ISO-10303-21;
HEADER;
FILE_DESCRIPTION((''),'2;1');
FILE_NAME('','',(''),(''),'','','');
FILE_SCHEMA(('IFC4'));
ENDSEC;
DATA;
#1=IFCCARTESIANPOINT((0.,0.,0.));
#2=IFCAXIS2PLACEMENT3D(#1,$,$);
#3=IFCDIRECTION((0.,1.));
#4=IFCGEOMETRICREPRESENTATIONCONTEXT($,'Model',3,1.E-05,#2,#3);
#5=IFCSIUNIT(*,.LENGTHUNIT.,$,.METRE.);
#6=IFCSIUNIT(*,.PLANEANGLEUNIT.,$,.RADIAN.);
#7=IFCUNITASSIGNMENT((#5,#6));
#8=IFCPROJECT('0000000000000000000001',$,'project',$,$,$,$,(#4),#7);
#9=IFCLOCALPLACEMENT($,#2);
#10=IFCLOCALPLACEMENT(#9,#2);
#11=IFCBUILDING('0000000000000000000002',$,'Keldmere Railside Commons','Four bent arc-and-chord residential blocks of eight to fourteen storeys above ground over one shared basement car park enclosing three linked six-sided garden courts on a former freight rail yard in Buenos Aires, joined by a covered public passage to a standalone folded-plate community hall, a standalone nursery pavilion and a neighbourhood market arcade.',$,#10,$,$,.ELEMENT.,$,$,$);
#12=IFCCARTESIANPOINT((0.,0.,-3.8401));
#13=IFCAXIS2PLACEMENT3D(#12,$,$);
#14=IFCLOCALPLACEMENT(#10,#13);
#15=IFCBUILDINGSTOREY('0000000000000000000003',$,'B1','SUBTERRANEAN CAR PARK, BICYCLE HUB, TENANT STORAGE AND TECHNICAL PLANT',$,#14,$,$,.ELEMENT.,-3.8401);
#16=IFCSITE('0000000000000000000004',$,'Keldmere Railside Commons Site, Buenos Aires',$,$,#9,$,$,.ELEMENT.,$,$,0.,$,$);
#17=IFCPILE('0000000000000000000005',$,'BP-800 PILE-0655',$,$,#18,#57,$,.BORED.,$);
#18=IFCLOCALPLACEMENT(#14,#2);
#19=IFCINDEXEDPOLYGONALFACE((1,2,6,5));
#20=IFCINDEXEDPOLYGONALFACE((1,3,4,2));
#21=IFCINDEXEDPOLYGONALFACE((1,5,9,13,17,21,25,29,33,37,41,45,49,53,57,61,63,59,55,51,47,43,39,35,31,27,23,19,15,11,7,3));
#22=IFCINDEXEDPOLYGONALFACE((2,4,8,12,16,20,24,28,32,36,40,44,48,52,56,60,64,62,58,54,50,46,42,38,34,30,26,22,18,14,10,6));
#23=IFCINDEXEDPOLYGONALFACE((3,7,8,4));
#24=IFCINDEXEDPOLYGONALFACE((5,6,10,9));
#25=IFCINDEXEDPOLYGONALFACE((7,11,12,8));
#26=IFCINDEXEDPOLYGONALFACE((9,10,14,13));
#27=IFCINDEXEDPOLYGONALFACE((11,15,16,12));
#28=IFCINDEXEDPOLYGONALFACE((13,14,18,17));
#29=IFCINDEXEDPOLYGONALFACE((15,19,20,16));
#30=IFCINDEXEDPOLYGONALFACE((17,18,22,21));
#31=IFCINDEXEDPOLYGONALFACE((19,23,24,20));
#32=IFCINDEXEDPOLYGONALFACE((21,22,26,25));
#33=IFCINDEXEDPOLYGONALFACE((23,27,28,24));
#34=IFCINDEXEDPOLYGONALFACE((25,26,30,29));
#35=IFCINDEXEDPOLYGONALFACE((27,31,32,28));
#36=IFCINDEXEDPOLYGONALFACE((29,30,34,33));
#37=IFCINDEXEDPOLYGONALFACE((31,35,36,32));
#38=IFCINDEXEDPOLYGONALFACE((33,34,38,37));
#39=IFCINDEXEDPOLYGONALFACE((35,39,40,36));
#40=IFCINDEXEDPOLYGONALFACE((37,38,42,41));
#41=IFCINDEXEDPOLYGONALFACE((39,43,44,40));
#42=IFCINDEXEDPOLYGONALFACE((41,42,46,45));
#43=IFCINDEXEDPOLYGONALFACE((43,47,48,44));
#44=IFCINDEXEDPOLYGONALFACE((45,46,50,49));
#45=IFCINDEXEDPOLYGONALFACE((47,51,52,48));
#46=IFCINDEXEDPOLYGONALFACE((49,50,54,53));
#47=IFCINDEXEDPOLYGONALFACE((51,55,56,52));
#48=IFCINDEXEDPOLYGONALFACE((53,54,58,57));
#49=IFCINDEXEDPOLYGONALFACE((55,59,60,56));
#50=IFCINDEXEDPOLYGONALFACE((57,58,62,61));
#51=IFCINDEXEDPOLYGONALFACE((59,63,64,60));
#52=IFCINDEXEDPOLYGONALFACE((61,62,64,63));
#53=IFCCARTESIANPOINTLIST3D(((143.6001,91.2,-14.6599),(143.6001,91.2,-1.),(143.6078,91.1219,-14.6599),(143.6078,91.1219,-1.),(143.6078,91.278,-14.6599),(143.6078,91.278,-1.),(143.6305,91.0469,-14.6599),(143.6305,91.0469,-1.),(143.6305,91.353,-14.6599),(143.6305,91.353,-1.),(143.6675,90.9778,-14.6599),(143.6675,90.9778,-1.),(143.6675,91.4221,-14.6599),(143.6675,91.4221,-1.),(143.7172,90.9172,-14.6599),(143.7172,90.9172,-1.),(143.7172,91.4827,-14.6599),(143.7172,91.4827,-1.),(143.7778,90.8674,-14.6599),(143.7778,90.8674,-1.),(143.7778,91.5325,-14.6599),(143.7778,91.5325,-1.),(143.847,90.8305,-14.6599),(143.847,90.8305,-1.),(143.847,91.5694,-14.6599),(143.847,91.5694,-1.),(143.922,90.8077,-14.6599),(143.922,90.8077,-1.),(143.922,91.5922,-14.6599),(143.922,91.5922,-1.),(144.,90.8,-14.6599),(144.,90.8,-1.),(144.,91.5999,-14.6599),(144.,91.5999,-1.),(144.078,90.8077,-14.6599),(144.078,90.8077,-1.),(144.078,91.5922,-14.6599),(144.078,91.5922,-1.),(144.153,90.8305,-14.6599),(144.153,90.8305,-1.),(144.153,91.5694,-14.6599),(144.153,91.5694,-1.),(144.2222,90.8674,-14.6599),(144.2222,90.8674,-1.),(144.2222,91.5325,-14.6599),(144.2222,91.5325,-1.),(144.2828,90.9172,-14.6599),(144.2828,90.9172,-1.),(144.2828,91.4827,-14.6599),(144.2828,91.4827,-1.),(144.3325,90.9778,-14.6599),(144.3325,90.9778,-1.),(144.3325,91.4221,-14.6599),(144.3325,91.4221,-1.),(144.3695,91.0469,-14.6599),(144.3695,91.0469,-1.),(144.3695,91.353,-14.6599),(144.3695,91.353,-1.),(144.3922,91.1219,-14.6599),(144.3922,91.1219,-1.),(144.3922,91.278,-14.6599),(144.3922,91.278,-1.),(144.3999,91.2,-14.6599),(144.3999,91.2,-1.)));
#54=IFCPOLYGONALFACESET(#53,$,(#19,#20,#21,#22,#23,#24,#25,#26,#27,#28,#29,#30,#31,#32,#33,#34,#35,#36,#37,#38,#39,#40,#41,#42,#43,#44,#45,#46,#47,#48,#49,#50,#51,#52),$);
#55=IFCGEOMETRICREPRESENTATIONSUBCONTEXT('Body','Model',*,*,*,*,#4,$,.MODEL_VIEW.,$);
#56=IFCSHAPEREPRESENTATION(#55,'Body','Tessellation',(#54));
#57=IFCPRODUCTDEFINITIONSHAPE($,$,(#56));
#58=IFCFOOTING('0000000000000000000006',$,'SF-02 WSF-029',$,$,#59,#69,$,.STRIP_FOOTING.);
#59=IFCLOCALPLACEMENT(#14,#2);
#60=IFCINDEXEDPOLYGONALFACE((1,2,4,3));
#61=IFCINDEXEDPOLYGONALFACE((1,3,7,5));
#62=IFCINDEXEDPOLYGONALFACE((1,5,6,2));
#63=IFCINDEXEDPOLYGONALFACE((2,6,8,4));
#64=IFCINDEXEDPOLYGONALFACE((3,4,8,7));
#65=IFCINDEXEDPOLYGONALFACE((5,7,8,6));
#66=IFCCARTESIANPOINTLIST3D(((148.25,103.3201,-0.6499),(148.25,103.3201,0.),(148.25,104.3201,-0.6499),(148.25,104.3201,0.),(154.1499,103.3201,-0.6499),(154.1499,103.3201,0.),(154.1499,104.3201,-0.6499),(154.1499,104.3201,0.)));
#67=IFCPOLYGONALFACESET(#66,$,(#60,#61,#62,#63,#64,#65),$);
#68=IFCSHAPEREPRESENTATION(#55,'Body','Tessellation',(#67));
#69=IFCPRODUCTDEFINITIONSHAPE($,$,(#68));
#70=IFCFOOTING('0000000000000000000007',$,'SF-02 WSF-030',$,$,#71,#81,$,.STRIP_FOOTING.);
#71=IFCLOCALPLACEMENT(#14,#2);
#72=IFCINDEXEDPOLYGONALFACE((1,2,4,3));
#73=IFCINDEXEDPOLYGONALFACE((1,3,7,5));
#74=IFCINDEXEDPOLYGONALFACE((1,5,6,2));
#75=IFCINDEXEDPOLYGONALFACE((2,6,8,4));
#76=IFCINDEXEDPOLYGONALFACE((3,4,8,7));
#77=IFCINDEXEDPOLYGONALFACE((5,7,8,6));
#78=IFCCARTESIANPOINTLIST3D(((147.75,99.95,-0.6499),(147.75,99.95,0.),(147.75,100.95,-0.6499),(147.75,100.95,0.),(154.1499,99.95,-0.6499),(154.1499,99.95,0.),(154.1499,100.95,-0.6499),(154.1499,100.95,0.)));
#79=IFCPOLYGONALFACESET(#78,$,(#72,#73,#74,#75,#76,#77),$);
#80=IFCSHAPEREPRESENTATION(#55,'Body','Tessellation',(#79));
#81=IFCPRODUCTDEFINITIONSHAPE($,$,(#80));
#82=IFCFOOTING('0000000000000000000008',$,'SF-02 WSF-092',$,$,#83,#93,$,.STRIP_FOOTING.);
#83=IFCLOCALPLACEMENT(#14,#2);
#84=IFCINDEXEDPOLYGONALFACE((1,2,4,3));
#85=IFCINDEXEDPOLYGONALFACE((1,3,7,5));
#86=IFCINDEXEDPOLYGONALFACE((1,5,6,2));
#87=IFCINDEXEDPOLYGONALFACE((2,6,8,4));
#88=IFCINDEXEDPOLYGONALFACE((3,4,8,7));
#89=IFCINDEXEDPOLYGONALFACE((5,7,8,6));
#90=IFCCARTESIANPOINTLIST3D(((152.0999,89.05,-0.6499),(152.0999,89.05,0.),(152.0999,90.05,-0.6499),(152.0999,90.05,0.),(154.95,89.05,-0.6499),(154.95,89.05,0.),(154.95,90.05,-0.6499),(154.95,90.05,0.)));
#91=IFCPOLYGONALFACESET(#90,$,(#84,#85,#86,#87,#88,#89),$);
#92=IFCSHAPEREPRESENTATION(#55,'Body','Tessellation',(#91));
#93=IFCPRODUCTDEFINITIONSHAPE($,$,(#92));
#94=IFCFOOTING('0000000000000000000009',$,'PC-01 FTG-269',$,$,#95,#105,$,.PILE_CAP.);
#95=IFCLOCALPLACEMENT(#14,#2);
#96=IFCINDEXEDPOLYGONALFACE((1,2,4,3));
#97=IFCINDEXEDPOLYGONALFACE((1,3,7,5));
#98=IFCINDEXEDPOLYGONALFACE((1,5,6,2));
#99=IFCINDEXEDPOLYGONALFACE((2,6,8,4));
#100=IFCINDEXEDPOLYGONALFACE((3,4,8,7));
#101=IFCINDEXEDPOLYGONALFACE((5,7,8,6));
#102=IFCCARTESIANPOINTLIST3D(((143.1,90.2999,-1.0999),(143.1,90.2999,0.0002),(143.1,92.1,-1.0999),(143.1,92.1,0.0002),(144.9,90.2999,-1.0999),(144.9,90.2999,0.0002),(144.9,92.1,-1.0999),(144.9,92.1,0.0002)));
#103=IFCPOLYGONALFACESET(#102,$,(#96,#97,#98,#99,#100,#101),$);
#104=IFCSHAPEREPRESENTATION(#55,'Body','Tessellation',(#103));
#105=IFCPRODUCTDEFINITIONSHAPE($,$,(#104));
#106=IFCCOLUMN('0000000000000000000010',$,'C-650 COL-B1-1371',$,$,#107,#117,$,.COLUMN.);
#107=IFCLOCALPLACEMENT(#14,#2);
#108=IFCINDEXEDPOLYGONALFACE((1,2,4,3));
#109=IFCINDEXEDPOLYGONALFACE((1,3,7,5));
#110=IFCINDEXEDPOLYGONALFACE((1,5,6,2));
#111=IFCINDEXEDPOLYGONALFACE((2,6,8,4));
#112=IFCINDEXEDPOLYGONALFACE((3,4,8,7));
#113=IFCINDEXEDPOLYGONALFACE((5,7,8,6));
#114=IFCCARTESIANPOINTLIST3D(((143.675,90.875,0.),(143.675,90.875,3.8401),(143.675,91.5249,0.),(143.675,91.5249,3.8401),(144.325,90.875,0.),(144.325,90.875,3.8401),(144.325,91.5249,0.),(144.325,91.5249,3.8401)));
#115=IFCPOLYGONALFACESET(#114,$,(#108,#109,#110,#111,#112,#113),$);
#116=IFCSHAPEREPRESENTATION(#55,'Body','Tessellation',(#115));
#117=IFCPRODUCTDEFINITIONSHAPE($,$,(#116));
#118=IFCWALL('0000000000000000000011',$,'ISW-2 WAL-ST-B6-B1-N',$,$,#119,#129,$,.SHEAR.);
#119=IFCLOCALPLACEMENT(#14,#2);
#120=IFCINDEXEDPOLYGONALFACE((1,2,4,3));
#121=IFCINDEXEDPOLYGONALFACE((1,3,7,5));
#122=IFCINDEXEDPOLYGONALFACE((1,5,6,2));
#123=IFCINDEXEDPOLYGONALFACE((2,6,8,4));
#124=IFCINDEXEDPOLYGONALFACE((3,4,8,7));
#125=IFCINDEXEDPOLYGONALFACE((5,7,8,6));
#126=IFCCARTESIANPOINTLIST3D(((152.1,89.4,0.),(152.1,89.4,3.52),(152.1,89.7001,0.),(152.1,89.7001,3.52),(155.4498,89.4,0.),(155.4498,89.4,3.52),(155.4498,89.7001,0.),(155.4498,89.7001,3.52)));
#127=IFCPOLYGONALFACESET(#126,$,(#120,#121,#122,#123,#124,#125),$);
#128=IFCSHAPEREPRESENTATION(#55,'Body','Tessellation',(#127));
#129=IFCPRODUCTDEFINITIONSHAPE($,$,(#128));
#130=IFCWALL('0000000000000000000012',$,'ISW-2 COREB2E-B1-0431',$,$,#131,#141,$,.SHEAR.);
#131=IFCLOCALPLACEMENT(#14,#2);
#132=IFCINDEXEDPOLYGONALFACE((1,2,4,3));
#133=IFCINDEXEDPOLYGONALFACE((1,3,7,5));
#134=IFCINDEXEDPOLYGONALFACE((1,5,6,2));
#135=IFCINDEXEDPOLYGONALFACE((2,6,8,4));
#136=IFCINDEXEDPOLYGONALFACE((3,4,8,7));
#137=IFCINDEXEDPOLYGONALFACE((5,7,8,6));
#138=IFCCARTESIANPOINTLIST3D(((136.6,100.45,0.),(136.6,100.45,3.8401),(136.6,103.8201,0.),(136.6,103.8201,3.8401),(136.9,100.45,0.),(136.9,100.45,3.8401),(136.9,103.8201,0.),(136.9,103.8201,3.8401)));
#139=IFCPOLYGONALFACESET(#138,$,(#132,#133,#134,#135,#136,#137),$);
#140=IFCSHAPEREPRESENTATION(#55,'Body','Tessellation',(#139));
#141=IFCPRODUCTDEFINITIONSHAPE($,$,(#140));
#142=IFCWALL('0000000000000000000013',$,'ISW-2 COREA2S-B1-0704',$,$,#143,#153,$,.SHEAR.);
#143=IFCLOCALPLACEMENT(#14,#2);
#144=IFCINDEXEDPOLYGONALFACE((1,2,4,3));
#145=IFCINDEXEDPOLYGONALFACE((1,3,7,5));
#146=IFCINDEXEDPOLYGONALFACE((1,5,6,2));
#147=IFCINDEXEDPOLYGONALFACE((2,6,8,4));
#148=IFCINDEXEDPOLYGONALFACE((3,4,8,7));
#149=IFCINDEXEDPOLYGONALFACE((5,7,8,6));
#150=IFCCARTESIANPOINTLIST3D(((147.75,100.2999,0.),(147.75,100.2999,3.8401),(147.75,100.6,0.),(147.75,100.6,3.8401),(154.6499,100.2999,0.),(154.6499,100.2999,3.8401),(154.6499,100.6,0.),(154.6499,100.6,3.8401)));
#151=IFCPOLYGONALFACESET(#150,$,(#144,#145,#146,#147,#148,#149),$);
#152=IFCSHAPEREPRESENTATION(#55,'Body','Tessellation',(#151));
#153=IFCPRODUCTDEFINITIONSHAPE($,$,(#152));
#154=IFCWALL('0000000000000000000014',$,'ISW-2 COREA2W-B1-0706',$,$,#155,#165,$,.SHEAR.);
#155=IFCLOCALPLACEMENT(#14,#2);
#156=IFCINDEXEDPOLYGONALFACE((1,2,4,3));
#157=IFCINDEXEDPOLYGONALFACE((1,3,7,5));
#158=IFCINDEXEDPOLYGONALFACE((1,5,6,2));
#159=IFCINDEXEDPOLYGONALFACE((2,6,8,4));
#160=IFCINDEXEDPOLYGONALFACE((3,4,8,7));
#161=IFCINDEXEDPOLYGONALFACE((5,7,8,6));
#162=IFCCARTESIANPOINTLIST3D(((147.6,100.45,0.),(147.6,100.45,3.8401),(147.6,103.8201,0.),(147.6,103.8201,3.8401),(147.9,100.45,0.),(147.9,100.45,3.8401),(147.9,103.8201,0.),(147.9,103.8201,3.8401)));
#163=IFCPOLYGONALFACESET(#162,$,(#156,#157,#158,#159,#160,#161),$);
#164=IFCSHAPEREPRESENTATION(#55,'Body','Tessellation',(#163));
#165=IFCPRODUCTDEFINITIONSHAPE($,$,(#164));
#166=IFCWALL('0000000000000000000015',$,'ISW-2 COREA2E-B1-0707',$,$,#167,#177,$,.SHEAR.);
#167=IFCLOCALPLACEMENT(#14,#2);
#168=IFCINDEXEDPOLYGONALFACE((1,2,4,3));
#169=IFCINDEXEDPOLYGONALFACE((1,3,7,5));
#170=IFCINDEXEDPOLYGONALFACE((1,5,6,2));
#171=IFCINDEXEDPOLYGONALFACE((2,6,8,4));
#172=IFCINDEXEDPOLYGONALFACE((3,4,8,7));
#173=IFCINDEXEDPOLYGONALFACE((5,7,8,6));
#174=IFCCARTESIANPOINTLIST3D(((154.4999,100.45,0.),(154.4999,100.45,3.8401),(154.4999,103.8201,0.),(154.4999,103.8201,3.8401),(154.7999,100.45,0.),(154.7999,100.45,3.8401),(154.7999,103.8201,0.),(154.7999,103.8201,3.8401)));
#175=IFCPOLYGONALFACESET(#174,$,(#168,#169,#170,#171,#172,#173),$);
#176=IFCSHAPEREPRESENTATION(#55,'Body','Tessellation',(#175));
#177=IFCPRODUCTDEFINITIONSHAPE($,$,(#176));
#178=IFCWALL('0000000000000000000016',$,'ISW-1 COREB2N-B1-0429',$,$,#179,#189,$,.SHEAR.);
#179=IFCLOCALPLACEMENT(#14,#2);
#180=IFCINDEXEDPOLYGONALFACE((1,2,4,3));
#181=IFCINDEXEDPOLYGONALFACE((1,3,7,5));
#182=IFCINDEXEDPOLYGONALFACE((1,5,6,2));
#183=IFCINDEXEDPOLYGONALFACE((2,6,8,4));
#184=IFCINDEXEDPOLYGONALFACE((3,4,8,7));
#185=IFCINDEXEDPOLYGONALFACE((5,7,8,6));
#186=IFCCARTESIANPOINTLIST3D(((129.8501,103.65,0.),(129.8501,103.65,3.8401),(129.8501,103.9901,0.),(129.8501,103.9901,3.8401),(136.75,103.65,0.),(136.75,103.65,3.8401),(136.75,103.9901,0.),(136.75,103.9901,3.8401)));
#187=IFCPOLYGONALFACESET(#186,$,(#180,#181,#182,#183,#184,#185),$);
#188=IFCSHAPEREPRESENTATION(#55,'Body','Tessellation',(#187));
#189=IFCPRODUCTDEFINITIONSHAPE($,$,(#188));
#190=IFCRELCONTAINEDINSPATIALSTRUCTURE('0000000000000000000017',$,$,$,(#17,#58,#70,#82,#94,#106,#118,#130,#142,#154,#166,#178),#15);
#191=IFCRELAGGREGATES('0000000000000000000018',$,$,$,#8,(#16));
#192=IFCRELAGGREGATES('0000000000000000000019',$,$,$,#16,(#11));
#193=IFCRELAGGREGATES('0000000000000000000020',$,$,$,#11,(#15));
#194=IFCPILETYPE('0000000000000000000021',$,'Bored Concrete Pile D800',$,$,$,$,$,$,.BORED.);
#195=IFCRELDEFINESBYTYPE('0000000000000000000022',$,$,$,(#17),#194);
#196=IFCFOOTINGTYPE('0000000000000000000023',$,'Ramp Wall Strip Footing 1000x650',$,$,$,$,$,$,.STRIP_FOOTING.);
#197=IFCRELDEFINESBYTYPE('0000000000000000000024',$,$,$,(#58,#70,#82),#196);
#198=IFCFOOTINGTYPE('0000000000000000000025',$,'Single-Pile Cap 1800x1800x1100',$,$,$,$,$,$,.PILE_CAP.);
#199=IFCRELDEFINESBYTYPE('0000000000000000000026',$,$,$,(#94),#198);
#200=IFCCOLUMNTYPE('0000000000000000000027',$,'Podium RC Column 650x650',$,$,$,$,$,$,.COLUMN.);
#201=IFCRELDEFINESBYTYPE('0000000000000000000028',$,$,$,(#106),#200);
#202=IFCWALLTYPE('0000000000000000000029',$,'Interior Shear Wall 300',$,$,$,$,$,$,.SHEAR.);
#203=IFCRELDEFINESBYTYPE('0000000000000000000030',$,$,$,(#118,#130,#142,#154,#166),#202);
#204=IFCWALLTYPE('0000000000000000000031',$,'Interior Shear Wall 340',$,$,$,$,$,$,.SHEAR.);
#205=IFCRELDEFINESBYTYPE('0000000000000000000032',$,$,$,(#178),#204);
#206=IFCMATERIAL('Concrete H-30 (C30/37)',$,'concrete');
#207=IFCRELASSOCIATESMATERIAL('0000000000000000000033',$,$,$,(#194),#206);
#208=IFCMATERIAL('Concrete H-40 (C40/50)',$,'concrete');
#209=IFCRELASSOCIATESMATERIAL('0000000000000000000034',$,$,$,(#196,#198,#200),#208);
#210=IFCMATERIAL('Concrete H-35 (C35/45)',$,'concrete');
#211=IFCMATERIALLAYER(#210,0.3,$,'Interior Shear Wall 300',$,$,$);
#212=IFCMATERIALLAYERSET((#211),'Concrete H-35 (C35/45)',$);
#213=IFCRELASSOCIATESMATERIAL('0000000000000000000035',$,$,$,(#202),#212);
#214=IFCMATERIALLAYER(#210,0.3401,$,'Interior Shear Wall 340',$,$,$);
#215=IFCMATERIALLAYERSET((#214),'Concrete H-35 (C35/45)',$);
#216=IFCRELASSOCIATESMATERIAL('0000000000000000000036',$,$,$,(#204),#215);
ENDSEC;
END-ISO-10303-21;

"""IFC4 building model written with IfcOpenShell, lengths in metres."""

from ifc_helpers import new_model, si_unit, direction, frame, frame_2d, origin, origin_2d, place, context, subcontext, project, spatial, rectangle, circle, extrude, material, layer, layer_set, material_profile, profile_set, type_object, element, save


model = new_model("IFC4")

# Units and contexts
model_context = context("Model", 3, precision=1e-05, world=origin(), true_north=direction((0.0, 1.0)))
body_context = subcontext(model_context, "Body", "Model", "MODEL_VIEW")
ifc_project = project(units=[si_unit("LENGTHUNIT", "METRE"), si_unit("PLANEANGLEUNIT", "RADIAN")], contexts=[model_context])

# Site, building, storey
site_placement = place(None, origin())
site = spatial("IfcSite", under=ifc_project, at=site_placement, Name="Keldmere Railside Commons Site, Buenos Aires", CompositionType="ELEMENT", RefElevation=0.0)
building_placement = place(site_placement, origin())
building = spatial("IfcBuilding", under=site, at=building_placement, Name="Keldmere Railside Commons", Description="Four bent arc-and-chord residential blocks of eight to fourteen storeys above ground over one shared basement car park enclosing three linked six-sided garden courts on a former freight rail yard in Buenos Aires, joined by a covered public passage to a standalone folded-plate community hall, a standalone nursery pavilion and a neighbourhood market arcade.", CompositionType="ELEMENT")
storey_placement = place(building_placement, frame((0.0, 0.0, -3.8401)))
storey = spatial("IfcBuildingStorey", under=building, at=storey_placement, Name="B1", Description="SUBTERRANEAN CAR PARK, BICYCLE HUB, TENANT STORAGE AND TECHNICAL PLANT", CompositionType="ELEMENT", Elevation=-3.8401)

# Pile
ifc_material_1 = material(Name="Concrete H-30 (C30/37)", Category="concrete")
ifc_material_profile_1 = material_profile(ifc_material_1, circle(Radius=0.3999, at=origin_2d()), Name="PILE-D800")
ifc_profile_set_1 = profile_set([ifc_material_profile_1], Name="Concrete H-30 (C30/37)")
pile_type = type_object("IfcPileType", Name="Bored Concrete Pile D800", PredefinedType="BORED", material=ifc_profile_set_1)
pile_placement = place(storey_placement, frame((144.0, 91.2, -1.0), z_axis=(0.0, 0.0, -1.0), x_axis=(1.0, 0.0, 0.0)))
element("IfcPile", 1, at=pile_placement, inside=storey, type_object=pile_type, Name="BP-800 PILE-0655", PredefinedType="BORED", context=body_context, shape_type="SweptSolid", body=[
    extrude(circle(Radius=0.3999, at=origin_2d()), origin(), (0.0, 0.0, 1.0), 13.6599),
])

# Footings
ifc_material_2 = material(Name="Concrete H-40 (C40/50)", Category="concrete")
footing_type_1 = type_object("IfcFootingType", Name="Ramp Wall Strip Footing 1000x650", PredefinedType="STRIP_FOOTING", material=ifc_material_2)
footing_1_placement = place(storey_placement, frame((151.2, 103.8201, -0.6499), z_axis=(0.0, 0.0, 1.0), x_axis=(1.0, 0.0, 0.0)))
element("IfcFooting", 2, at=footing_1_placement, inside=storey, type_object=footing_type_1, Name="SF-02 WSF-029", PredefinedType="STRIP_FOOTING", context=body_context, shape_type="SweptSolid", body=[
    extrude(rectangle(XDim=5.8999, YDim=1.0, at=origin_2d()), origin(), (0.0, 0.0, 1.0), 0.6499),
])
footing_2_placement = place(storey_placement, frame((150.95, 100.45, -0.6499), z_axis=(0.0, 0.0, 1.0), x_axis=(1.0, 0.0, 0.0)))
element("IfcFooting", 3, at=footing_2_placement, inside=storey, type_object=footing_type_1, Name="SF-02 WSF-030", PredefinedType="STRIP_FOOTING", context=body_context, shape_type="SweptSolid", body=[
    extrude(rectangle(XDim=6.3999, YDim=1.0, at=origin_2d()), origin(), (0.0, 0.0, 1.0), 0.6499),
])
footing_3_placement = place(storey_placement, frame((153.5249, 89.55, -0.6499), z_axis=(0.0, 0.0, 1.0), x_axis=(1.0, 0.0, 0.0)))
element("IfcFooting", 4, at=footing_3_placement, inside=storey, type_object=footing_type_1, Name="SF-02 WSF-092", PredefinedType="STRIP_FOOTING", context=body_context, shape_type="SweptSolid", body=[
    extrude(rectangle(XDim=2.8501, YDim=1.0, at=origin_2d()), origin(), (0.0, 0.0, 1.0), 0.6499),
])
footing_type_2 = type_object("IfcFootingType", Name="Single-Pile Cap 1800x1800x1100", PredefinedType="PILE_CAP", material=ifc_material_2)
footing_4_placement = place(storey_placement, frame((144.0, 91.2, -1.0999), z_axis=(0.0, 0.0, 1.0), x_axis=(1.0, 0.0, 0.0)))
element("IfcFooting", 5, at=footing_4_placement, inside=storey, type_object=footing_type_2, Name="PC-01 FTG-269", PredefinedType="PILE_CAP", context=body_context, shape_type="SweptSolid", body=[
    extrude(rectangle(XDim=1.8, YDim=1.8, at=origin_2d()), origin(), (0.0, 0.0, 1.0), 1.1001),
])

# Column
ifc_material_profile_2 = material_profile(ifc_material_2, rectangle(XDim=0.6499, YDim=0.6499, at=origin_2d()), Name="RC-650x650")
ifc_profile_set_2 = profile_set([ifc_material_profile_2], Name="Concrete H-40 (C40/50)")
column_type = type_object("IfcColumnType", Name="Podium RC Column 650x650", PredefinedType="COLUMN", material=ifc_profile_set_2)
column_placement = place(storey_placement, frame((144.0, 91.2, 0.0), z_axis=(0.0, 0.0, 1.0), x_axis=(1.0, 0.0, 0.0)))
element("IfcColumn", 6, at=column_placement, inside=storey, type_object=column_type, Name="C-650 COL-B1-1371", PredefinedType="COLUMN", context=body_context, shape_type="SweptSolid", body=[
    extrude(rectangle(XDim=0.6499, YDim=0.6499, at=origin_2d()), origin(), (0.0, 0.0, 1.0), 3.8401),
])

# Walls
ifc_material_3 = material(Name="Concrete H-35 (C35/45)", Category="concrete")
ifc_layer_1 = layer(ifc_material_3, 0.3, Name="Interior Shear Wall 300")
ifc_layer_set_1 = layer_set([ifc_layer_1], Name="Concrete H-35 (C35/45)")
wall_type_1 = type_object("IfcWallType", Name="Interior Shear Wall 300", PredefinedType="SHEAR", material=ifc_layer_set_1)
wall_1_placement = place(storey_placement, frame((152.1001, 89.55, 0.0), z_axis=(0.0, 0.0, 1.0), x_axis=(1.0, 0.0, 0.0)))
element("IfcWall", 7, at=wall_1_placement, inside=storey, type_object=wall_type_1, Name="ISW-2 WAL-ST-B6-B1-N", PredefinedType="SHEAR", context=body_context, shape_type="SweptSolid", body=[
    extrude(rectangle(XDim=3.3499, YDim=0.3, at=frame_2d((1.6748, 0.0))), origin(), (0.0, 0.0, 1.0), 3.52),
])
wall_2_placement = place(storey_placement, frame((136.75, 100.45, 0.0), z_axis=(0.0, 0.0, 1.0), x_axis=(0.0, 1.0, 0.0)))
element("IfcWall", 8, at=wall_2_placement, inside=storey, type_object=wall_type_1, Name="ISW-2 COREB2E-B1-0431", PredefinedType="SHEAR", context=body_context, shape_type="SweptSolid", body=[
    extrude(rectangle(XDim=3.3701, YDim=0.3, at=frame_2d((1.6851, 0.0))), origin(), (0.0, 0.0, 1.0), 3.8401),
])
wall_3_placement = place(storey_placement, frame((147.75, 100.45, 0.0), z_axis=(0.0, 0.0, 1.0), x_axis=(1.0, 0.0, 0.0)))
element("IfcWall", 9, at=wall_3_placement, inside=storey, type_object=wall_type_1, Name="ISW-2 COREA2S-B1-0704", PredefinedType="SHEAR", context=body_context, shape_type="SweptSolid", body=[
    extrude(rectangle(XDim=6.8999, YDim=0.3, at=frame_2d((3.45, 0.0))), origin(), (0.0, 0.0, 1.0), 3.8401),
])
for number, where, z_axis, x_axis, name in (
    (10, (147.75, 103.8201, 0.0), (0.0, 0.0, 1.0), (0.0, -1.0, 0.0), "ISW-2 COREA2W-B1-0706"),
    (11, (154.6499, 100.45, 0.0), (0.0, 0.0, 1.0), (0.0, 1.0, 0.0), "ISW-2 COREA2E-B1-0707"),
):
    element("IfcWall", number, at=place(storey_placement, frame(where, z_axis=z_axis, x_axis=x_axis)), inside=storey, type_object=wall_type_1, Name=name, PredefinedType="SHEAR", context=body_context, shape_type="SweptSolid", body=[
        extrude(rectangle(XDim=3.3701, YDim=0.3, at=frame_2d((1.6851, 0.0))), origin(), (0.0, 0.0, 1.0), 3.8401),
    ])
ifc_layer_2 = layer(ifc_material_3, 0.3401, Name="Interior Shear Wall 340")
ifc_layer_set_2 = layer_set([ifc_layer_2], Name="Concrete H-35 (C35/45)")
wall_type_2 = type_object("IfcWallType", Name="Interior Shear Wall 340", PredefinedType="SHEAR", material=ifc_layer_set_2)
for number, where, z_axis, x_axis, name in (
    (12, (136.75, 103.8201, 0.0), (0.0, 0.0, 1.0), (-1.0, 0.0, 0.0), "ISW-1 COREB2N-B1-0429"),
):
    element("IfcWall", number, at=place(storey_placement, frame(where, z_axis=z_axis, x_axis=x_axis)), inside=storey, type_object=wall_type_2, Name=name, PredefinedType="SHEAR", context=body_context, shape_type="SweptSolid", body=[
        extrude(rectangle(XDim=6.8999, YDim=0.3401, at=frame_2d((3.45, 0.0))), origin(), (0.0, 0.0, 1.0), 3.8401),
    ])

save(model, "model.ifc")
